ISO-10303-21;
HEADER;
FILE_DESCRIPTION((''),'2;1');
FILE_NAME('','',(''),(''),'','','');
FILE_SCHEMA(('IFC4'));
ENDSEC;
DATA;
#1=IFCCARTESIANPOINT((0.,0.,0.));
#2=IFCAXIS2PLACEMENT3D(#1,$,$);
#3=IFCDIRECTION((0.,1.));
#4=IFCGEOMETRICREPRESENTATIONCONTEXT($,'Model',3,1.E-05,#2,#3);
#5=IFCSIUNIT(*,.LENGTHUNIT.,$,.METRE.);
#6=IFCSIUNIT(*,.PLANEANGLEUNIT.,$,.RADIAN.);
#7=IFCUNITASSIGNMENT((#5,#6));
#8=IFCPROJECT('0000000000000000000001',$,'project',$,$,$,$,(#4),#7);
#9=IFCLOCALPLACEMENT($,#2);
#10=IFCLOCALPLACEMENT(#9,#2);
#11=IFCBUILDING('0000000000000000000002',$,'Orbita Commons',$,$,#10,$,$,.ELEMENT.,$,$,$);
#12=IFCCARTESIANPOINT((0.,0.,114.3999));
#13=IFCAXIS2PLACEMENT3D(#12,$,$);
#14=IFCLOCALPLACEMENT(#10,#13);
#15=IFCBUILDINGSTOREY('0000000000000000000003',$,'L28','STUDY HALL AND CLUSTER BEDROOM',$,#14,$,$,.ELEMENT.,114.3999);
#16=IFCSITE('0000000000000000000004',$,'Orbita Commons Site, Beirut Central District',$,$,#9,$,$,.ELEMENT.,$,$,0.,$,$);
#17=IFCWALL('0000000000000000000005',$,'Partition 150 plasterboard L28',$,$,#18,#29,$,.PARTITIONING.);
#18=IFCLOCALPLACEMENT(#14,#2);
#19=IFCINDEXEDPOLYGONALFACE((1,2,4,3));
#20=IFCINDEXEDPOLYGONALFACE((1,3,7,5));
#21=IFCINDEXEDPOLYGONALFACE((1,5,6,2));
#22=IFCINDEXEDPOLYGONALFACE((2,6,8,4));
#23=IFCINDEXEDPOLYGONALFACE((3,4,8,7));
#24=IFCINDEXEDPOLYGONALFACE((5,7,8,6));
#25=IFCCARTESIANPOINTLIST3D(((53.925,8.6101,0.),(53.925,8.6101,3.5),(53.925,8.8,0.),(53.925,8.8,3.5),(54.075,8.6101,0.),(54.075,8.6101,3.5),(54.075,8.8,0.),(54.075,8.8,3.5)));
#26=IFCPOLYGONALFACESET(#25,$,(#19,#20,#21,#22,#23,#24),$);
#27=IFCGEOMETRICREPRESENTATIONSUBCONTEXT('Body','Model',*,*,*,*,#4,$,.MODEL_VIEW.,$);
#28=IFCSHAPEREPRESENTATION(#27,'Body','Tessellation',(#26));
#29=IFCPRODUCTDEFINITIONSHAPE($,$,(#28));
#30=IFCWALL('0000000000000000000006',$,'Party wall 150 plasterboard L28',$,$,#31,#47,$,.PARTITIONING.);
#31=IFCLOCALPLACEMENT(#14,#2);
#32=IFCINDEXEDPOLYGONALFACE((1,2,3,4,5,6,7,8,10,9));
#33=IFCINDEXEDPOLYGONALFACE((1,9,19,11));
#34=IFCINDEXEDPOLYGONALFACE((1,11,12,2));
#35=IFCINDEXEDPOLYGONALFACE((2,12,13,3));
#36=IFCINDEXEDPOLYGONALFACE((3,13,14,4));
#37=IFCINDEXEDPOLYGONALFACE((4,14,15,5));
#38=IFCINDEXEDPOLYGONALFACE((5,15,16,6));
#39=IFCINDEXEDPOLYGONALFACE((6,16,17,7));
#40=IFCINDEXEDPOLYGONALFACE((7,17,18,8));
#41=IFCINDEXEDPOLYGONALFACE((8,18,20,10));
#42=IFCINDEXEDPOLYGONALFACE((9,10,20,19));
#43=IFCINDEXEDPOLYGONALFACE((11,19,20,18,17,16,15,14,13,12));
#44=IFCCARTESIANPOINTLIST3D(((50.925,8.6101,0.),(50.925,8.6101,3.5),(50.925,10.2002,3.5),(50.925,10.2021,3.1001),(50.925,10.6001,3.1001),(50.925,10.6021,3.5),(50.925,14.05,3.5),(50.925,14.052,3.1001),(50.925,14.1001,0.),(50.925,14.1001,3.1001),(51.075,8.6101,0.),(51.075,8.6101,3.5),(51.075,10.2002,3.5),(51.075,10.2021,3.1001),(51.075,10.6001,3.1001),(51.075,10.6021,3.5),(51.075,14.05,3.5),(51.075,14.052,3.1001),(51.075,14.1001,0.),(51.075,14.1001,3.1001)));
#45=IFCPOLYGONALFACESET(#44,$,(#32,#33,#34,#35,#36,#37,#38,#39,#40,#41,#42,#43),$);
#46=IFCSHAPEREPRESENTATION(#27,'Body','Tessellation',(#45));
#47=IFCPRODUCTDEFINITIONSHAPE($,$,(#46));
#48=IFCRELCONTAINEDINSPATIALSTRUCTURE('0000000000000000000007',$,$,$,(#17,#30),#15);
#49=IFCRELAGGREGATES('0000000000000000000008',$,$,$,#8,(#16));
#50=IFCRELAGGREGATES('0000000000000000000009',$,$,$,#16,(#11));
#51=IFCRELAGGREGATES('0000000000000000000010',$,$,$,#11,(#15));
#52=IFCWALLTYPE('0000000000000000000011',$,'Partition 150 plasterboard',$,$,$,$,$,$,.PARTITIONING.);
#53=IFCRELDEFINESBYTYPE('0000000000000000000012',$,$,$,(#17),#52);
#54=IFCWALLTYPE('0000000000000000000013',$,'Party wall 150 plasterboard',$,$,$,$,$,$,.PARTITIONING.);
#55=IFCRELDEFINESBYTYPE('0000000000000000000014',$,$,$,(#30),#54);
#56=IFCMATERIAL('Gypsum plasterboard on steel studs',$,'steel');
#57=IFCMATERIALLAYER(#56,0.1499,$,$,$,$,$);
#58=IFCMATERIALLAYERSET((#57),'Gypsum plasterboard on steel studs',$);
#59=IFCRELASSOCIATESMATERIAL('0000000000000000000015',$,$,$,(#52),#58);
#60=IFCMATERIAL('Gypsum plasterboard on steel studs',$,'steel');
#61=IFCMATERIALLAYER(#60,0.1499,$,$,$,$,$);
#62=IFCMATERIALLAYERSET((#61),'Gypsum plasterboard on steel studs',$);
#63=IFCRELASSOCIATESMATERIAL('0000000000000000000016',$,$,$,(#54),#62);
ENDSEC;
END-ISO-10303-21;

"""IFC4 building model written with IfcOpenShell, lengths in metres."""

from ifc_helpers import new_model, si_unit, direction, frame, frame_2d, origin, place, context, subcontext, project, spatial, polyline, rectangle, outline, extrude, material, layer, layer_set, type_object, element, save


model = new_model("IFC4")

# Units and contexts
model_context = context("Model", 3, precision=1e-05, world=origin(), true_north=direction((0.0, 1.0)))
body_context = subcontext(model_context, "Body", "Model", "MODEL_VIEW")
ifc_project = project(units=[si_unit("LENGTHUNIT", "METRE"), si_unit("PLANEANGLEUNIT", "RADIAN")], contexts=[model_context])

# Site, building, storey
site_placement = place(None, origin())
site = spatial("IfcSite", under=ifc_project, at=site_placement, Name="Orbita Commons Site, Beirut Central District", CompositionType="ELEMENT", RefElevation=0.0)
building_placement = place(site_placement, origin())
building = spatial("IfcBuilding", under=site, at=building_placement, Name="Orbita Commons", CompositionType="ELEMENT")
storey_placement = place(building_placement, frame((0.0, 0.0, 114.3999)))
storey = spatial("IfcBuildingStorey", under=building, at=storey_placement, Name="L28", Description="STUDY HALL AND CLUSTER BEDROOM", CompositionType="ELEMENT", Elevation=114.3999)

# Walls
ifc_material_1 = material(Name="Gypsum plasterboard on steel studs", Category="steel")
ifc_layer_1 = layer(ifc_material_1, 0.1499)
ifc_layer_set_1 = layer_set([ifc_layer_1], Name="Gypsum plasterboard on steel studs")
wall_type_1 = type_object("IfcWallType", Name="Partition 150 plasterboard", PredefinedType="PARTITIONING", material=ifc_layer_set_1)
for number, where, z_axis, x_axis, name in (
    (1, (54.0, 8.8, 0.0), (0.0, 0.0, 1.0), (0.0, -1.0, 0.0), "Partition 150 plasterboard L28"),
):
    element("IfcWall", number, at=place(storey_placement, frame(where, z_axis=z_axis, x_axis=x_axis)), inside=storey, type_object=wall_type_1, Name=name, PredefinedType="PARTITIONING", context=body_context, shape_type="SweptSolid", body=[
        extrude(rectangle(XDim=0.1899, YDim=0.1499, at=frame_2d((0.095, 0.0))), origin(), (0.0, 0.0, 1.0), 3.5),
    ])
ifc_material_2 = material(Name="Gypsum plasterboard on steel studs", Category="steel")
ifc_layer_2 = layer(ifc_material_2, 0.1499)
ifc_layer_set_2 = layer_set([ifc_layer_2], Name="Gypsum plasterboard on steel studs")
wall_type_2 = type_object("IfcWallType", Name="Party wall 150 plasterboard", PredefinedType="PARTITIONING", material=ifc_layer_set_2)
wall_placement = place(storey_placement, frame((51.0, 8.6101, 0.0), z_axis=(0.0, 0.0, 1.0), x_axis=(0.0, 1.0, 0.0)))
element("IfcWall", 2, at=wall_placement, inside=storey, type_object=wall_type_2, Name="Party wall 150 plasterboard L28", PredefinedType="PARTITIONING", context=body_context, shape_type="SweptSolid", body=[
    extrude(outline(polyline([(0.0, 0.0), (5.49, 0.0), (5.49, 3.1001), (5.4419, 3.1001), (5.4399, 3.5), (1.9919, 3.5), (1.99, 3.1001), (1.592, 3.1001), (1.5901, 3.5), (0.0, 3.5), (0.0, 0.0)])), frame((0.0, 0.075, 0.0), z_axis=(0.0, -1.0, 0.0), x_axis=(1.0, 0.0, 0.0)), (0.0, 0.0, 1.0), 0.1499),
])

save(model, "model.ifc")
